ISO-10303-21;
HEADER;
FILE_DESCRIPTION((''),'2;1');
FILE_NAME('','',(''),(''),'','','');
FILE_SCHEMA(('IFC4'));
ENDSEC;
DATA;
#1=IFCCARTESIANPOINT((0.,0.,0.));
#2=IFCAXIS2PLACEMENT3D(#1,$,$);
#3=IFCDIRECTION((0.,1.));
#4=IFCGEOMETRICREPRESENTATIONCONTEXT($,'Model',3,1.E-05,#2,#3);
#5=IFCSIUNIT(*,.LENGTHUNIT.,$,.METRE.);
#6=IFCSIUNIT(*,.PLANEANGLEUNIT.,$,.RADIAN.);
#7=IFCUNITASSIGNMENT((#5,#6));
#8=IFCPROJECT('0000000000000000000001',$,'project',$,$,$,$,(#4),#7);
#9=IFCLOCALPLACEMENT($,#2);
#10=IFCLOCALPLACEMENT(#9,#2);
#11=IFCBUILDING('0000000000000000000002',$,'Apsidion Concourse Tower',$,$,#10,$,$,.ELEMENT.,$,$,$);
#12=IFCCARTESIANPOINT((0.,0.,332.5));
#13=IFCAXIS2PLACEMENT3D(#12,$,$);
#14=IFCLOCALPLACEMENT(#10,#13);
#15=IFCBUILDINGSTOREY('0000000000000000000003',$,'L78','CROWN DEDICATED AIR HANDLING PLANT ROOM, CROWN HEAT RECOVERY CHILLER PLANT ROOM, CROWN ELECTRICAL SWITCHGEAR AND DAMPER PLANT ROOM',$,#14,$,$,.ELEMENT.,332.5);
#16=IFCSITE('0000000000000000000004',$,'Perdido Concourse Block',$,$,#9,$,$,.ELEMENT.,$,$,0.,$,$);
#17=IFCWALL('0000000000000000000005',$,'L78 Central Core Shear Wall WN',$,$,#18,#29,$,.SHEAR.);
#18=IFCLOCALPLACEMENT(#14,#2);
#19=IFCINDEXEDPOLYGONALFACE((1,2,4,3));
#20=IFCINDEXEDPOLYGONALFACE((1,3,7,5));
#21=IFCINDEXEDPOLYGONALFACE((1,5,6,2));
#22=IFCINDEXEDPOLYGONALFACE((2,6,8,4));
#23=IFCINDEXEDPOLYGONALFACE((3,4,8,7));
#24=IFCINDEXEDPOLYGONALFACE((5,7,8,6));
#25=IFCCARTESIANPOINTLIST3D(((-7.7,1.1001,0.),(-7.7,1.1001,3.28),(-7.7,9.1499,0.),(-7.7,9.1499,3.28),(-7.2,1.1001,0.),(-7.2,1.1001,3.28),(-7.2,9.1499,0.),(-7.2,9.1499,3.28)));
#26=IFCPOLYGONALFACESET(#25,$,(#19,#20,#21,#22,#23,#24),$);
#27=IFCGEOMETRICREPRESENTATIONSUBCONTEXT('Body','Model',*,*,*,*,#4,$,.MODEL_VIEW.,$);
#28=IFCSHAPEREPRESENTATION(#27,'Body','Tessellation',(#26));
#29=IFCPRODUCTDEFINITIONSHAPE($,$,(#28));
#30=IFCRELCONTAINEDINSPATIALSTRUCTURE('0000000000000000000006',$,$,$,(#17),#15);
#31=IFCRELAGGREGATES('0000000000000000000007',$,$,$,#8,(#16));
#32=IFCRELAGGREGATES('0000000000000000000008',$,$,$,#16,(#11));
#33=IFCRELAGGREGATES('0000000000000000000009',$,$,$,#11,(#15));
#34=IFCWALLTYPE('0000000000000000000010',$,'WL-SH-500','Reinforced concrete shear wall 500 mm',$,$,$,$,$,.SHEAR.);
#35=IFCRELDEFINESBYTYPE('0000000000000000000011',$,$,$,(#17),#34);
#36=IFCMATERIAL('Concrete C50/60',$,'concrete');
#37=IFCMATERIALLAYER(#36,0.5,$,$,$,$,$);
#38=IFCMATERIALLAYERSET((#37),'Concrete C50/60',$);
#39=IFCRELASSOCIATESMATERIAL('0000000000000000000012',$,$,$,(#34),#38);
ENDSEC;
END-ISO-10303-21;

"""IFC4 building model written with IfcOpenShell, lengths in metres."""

from ifc_helpers import new_model, si_unit, direction, frame, frame_2d, origin, place, context, subcontext, project, spatial, rectangle, extrude, material, layer, layer_set, type_object, element, save


model = new_model("IFC4")

# Units and contexts
model_context = context("Model", 3, precision=1e-05, world=origin(), true_north=direction((0.0, 1.0)))
body_context = subcontext(model_context, "Body", "Model", "MODEL_VIEW")
ifc_project = project(units=[si_unit("LENGTHUNIT", "METRE"), si_unit("PLANEANGLEUNIT", "RADIAN")], contexts=[model_context])

# Site, building, storey
site_placement = place(None, origin())
site = spatial("IfcSite", under=ifc_project, at=site_placement, Name="Perdido Concourse Block", CompositionType="ELEMENT", RefElevation=0.0)
building_placement = place(site_placement, origin())
building = spatial("IfcBuilding", under=site, at=building_placement, Name="Apsidion Concourse Tower", CompositionType="ELEMENT")
storey_placement = place(building_placement, frame((0.0, 0.0, 332.5)))
storey = spatial("IfcBuildingStorey", under=building, at=storey_placement, Name="L78", Description="CROWN DEDICATED AIR HANDLING PLANT ROOM, CROWN HEAT RECOVERY CHILLER PLANT ROOM, CROWN ELECTRICAL SWITCHGEAR AND DAMPER PLANT ROOM", CompositionType="ELEMENT", Elevation=332.5)

# Shared definitions
ifc_material_1 = material(Name="Concrete C50/60", Category="concrete")

# Wall
ifc_layer_1 = layer(ifc_material_1, 0.5)
ifc_layer_set_1 = layer_set([ifc_layer_1], Name="Concrete C50/60")
wall_type_1 = type_object("IfcWallType", Name="WL-SH-500", Description="Reinforced concrete shear wall 500 mm", PredefinedType="SHEAR", material=ifc_layer_set_1)
wall_1_placement = place(storey_placement, frame((-7.45, 1.1001, 0.0), z_axis=(0.0, 0.0, 1.0), x_axis=(0.0, 1.0, 0.0)))
element("IfcWall", 1, at=wall_1_placement, inside=storey, type_object=wall_type_1, Name="L78 Central Core Shear Wall WN", PredefinedType="SHEAR", context=body_context, shape_type="SweptSolid", body=[
    extrude(rectangle(XDim=8.0498, YDim=0.5, at=frame_2d((4.0249, 0.0))), origin(), (0.0, 0.0, 1.0), 3.28),
])

save(model, "model.ifc")
